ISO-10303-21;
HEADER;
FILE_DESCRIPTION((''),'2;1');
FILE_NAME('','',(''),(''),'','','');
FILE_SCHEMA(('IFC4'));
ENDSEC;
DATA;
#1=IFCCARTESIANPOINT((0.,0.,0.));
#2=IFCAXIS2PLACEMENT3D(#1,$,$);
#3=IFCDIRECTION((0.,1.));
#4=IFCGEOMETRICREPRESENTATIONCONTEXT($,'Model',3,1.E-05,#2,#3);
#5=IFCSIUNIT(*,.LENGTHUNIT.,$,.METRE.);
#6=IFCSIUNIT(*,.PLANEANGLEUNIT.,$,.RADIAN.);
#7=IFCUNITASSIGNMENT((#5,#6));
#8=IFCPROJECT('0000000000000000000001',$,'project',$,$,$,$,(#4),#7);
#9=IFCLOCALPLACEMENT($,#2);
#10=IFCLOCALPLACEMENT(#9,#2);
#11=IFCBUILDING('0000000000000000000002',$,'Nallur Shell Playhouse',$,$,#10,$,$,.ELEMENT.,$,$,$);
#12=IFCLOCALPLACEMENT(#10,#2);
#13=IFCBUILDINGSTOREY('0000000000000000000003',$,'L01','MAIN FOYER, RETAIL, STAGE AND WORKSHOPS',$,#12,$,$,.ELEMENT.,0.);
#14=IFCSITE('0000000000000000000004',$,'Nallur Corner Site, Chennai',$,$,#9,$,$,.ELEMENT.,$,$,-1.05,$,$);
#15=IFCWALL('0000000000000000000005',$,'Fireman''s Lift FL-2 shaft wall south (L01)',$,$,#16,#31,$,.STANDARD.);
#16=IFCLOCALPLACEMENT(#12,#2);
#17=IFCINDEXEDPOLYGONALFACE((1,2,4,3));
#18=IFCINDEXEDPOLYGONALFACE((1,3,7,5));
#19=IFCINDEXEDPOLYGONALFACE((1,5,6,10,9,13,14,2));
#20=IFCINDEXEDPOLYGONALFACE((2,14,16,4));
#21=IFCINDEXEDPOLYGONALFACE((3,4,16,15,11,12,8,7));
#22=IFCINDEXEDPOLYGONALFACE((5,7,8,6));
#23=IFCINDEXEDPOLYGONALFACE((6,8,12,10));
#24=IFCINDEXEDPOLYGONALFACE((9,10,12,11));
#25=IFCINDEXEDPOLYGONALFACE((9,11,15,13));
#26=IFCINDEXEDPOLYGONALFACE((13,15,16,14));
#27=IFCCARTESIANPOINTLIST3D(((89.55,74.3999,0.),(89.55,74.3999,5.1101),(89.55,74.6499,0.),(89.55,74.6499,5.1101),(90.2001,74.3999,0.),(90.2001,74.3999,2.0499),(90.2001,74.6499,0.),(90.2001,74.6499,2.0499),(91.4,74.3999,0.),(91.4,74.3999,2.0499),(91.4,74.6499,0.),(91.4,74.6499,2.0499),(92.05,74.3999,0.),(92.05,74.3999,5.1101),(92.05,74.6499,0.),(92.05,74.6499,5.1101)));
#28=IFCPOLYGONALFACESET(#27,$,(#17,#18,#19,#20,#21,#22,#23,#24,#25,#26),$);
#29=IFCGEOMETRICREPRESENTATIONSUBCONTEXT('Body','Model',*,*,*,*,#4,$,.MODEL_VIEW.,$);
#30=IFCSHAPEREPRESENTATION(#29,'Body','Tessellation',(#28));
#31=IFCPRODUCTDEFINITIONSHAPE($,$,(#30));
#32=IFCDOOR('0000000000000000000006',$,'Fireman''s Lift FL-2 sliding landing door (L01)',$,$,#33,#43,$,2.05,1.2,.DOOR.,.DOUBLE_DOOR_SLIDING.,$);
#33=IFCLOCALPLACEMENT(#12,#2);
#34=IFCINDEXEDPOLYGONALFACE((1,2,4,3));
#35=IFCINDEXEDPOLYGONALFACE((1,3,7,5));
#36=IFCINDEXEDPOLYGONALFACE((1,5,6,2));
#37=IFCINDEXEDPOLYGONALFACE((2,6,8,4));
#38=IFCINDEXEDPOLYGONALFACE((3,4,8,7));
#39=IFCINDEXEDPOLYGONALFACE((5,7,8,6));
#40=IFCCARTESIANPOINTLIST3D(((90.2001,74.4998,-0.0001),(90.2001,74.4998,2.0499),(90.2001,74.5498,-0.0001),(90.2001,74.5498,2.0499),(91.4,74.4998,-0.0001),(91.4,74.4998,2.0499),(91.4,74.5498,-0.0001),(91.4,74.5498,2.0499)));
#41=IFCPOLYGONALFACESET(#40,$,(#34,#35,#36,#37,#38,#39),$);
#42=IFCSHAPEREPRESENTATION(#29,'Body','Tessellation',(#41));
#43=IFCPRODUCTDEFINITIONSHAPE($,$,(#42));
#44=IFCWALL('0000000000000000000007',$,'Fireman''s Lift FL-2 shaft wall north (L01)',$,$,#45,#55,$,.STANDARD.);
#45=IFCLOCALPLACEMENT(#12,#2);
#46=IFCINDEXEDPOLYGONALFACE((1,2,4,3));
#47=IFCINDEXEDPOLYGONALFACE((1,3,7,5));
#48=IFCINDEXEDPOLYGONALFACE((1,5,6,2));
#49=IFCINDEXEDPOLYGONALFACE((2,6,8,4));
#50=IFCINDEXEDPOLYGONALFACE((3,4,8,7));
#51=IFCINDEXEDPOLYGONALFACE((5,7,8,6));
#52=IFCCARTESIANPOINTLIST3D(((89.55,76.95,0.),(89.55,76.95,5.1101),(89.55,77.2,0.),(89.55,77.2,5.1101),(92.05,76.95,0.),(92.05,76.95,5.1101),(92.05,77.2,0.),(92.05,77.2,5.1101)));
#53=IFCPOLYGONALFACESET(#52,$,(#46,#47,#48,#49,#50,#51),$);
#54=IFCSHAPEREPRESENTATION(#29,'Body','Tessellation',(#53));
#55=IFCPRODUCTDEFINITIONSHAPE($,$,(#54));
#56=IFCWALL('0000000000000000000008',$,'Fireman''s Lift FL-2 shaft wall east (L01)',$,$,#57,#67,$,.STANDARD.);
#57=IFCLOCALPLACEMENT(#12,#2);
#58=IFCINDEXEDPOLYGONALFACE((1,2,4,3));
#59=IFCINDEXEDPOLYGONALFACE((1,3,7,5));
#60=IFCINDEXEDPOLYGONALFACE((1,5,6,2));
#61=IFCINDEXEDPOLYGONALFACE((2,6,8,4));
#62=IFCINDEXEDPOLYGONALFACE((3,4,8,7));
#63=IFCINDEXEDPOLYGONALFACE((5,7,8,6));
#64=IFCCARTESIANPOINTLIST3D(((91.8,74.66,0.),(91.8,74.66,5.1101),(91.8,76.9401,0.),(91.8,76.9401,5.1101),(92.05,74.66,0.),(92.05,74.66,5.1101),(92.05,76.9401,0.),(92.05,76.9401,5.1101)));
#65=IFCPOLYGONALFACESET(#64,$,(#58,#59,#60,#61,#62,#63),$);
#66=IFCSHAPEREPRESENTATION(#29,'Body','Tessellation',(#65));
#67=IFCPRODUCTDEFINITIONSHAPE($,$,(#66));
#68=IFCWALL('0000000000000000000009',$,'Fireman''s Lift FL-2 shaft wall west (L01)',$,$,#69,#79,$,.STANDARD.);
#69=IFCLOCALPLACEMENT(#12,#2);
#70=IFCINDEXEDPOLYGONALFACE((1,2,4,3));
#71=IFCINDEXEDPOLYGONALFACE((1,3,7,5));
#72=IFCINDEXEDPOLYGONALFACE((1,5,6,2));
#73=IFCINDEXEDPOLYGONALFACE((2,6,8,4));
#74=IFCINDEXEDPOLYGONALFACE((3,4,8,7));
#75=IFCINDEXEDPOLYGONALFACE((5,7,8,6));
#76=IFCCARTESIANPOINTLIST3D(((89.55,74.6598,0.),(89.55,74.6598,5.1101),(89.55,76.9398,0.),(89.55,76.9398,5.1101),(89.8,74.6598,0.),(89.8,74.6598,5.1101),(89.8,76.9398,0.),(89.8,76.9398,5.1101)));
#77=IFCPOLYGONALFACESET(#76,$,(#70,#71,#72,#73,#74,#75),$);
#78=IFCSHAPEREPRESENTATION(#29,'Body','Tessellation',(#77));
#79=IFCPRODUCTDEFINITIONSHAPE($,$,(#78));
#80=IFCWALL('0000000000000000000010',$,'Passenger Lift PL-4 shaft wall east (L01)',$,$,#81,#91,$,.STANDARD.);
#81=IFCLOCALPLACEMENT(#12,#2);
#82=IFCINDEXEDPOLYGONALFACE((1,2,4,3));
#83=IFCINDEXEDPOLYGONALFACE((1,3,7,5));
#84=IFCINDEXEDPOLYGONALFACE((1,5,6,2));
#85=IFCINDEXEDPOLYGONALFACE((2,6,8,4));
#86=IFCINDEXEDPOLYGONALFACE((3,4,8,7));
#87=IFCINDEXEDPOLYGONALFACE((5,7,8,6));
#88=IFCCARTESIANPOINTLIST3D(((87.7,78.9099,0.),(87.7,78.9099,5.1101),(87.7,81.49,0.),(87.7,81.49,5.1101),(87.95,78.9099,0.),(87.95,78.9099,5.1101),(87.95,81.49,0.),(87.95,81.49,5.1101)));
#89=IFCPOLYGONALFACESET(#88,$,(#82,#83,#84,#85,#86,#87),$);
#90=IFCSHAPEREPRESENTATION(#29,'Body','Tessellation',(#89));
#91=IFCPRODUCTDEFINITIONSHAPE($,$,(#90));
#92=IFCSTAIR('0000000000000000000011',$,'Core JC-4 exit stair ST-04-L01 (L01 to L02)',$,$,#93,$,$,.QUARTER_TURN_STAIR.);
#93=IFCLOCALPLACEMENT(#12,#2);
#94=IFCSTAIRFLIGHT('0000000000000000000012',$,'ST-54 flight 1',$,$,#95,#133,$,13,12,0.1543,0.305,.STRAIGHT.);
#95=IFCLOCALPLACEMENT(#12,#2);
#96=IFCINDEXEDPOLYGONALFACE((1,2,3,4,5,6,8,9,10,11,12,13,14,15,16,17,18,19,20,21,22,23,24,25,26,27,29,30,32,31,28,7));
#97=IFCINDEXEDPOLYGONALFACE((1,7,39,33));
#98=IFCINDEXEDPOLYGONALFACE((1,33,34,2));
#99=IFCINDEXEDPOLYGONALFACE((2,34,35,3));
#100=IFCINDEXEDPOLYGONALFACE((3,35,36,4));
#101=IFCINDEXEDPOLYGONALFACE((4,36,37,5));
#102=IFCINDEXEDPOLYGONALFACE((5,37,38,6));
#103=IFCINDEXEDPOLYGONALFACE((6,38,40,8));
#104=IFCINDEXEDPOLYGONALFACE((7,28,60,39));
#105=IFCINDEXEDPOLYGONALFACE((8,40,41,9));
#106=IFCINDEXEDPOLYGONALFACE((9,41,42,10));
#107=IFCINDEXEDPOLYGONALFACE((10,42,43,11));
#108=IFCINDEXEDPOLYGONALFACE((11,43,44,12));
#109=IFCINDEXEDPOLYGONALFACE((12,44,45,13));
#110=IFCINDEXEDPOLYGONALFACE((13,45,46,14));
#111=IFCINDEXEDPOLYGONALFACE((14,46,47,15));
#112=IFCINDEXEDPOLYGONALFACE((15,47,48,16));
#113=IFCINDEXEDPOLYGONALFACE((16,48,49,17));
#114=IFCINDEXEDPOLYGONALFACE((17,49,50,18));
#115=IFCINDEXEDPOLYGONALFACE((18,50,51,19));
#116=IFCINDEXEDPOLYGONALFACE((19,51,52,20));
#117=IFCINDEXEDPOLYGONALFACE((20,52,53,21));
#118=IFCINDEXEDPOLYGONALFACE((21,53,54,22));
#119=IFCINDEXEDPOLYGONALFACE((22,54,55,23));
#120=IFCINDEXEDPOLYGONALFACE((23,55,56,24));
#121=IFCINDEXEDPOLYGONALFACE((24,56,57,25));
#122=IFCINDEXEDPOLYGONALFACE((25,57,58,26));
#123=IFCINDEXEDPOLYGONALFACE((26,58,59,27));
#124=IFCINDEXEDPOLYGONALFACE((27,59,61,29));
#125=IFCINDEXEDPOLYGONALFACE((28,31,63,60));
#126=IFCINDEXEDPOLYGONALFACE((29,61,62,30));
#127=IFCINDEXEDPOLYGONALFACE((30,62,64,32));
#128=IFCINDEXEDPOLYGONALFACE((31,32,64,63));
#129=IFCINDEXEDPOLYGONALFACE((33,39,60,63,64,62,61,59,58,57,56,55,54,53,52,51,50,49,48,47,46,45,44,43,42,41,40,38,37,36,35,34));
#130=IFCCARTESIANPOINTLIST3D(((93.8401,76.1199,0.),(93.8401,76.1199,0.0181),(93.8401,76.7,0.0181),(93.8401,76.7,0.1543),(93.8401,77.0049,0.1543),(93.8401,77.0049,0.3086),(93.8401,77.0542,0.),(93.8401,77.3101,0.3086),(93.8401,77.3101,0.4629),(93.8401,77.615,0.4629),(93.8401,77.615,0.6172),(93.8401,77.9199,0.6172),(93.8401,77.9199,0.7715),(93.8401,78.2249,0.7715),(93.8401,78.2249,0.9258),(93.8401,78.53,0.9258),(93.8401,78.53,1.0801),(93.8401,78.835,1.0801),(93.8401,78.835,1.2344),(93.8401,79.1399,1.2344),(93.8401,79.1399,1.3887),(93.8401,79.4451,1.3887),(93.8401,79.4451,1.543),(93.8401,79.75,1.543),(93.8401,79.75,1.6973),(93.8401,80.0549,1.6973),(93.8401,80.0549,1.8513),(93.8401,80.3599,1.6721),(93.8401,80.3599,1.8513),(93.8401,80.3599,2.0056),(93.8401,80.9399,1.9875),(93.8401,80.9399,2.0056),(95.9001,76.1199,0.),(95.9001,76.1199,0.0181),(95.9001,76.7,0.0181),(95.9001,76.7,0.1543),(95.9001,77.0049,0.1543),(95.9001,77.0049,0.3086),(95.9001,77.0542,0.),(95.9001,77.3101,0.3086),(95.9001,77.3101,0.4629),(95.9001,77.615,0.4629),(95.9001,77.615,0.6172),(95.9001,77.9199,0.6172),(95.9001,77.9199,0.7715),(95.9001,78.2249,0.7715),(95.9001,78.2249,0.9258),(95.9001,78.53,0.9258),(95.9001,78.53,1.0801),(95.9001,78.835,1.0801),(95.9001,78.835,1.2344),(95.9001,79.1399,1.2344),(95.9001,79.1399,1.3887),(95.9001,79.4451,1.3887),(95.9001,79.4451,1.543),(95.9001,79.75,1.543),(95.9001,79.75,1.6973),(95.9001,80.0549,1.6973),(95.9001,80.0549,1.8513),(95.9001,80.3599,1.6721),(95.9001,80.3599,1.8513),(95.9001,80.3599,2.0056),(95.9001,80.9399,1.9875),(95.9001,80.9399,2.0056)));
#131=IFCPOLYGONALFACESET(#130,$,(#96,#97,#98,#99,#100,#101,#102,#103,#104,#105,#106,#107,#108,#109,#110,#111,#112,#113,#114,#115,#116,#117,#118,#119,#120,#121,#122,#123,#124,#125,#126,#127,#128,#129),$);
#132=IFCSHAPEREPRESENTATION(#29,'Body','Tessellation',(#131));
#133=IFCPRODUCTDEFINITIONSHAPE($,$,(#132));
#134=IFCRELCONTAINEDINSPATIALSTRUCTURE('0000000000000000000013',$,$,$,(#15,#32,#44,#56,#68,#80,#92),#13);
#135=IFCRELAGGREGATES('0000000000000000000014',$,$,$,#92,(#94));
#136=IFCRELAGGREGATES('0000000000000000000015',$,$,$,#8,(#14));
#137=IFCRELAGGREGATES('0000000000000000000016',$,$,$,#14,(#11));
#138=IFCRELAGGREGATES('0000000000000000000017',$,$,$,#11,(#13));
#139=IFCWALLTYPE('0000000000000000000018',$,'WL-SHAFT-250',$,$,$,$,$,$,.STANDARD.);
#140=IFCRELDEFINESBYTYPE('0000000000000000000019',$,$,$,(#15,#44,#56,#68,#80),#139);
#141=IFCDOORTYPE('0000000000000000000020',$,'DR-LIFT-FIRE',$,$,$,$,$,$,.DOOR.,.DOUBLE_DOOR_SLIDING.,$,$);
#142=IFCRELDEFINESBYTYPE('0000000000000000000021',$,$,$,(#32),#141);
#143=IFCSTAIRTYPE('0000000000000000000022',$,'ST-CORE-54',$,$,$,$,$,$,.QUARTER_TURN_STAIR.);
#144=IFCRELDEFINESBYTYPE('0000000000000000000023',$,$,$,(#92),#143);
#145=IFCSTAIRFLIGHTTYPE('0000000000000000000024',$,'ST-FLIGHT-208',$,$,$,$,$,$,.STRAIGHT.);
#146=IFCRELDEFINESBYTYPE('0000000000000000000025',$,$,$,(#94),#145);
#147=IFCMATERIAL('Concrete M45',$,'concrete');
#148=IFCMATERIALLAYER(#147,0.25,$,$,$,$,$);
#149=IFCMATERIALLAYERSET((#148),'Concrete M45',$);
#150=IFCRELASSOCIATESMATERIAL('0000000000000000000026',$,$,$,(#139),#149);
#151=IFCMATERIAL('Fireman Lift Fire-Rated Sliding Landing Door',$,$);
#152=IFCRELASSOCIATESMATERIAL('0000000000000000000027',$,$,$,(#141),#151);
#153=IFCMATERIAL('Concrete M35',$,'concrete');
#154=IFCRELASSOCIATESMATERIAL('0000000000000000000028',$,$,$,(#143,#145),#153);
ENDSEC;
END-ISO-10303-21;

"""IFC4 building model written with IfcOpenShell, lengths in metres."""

from ifc_helpers import new_model, si_unit, direction, frame, frame_2d, origin, place, context, subcontext, project, spatial, polyline, rectangle, outline, extrude, material, layer, layer_set, type_object, element, fill, aggregate, save


model = new_model("IFC4")

# Units and contexts
model_context = context("Model", 3, precision=1e-05, world=origin(), true_north=direction((0.0, 1.0)))
body_context = subcontext(model_context, "Body", "Model", "MODEL_VIEW")
ifc_project = project(units=[si_unit("LENGTHUNIT", "METRE"), si_unit("PLANEANGLEUNIT", "RADIAN")], contexts=[model_context])

# Site, building, storey
site_placement = place(None, origin())
site = spatial("IfcSite", under=ifc_project, at=site_placement, Name="Nallur Corner Site, Chennai", CompositionType="ELEMENT", RefElevation=-1.05)
building_placement = place(site_placement, origin())
building = spatial("IfcBuilding", under=site, at=building_placement, Name="Nallur Shell Playhouse", CompositionType="ELEMENT")
storey_placement = place(building_placement, origin())
storey = spatial("IfcBuildingStorey", under=building, at=storey_placement, Name="L01", Description="MAIN FOYER, RETAIL, STAGE AND WORKSHOPS", CompositionType="ELEMENT", Elevation=0.0)

# Shared definitions
ifc_material_1 = material(Name="Concrete M45", Category="concrete")

# Wall, opening, door
ifc_layer_1 = layer(ifc_material_1, 0.25)
ifc_layer_set_1 = layer_set([ifc_layer_1], Name="Concrete M45")
wall_type_1 = type_object("IfcWallType", Name="WL-SHAFT-250", PredefinedType="STANDARD", material=ifc_layer_set_1)
wall_1_placement = place(storey_placement, frame((89.55, 74.5249, 0.0), z_axis=(0.0, 0.0, 1.0), x_axis=(1.0, 0.0, 0.0)))
wall_1 = element("IfcWall", 1, at=wall_1_placement, inside=storey, type_object=wall_type_1, Name="Fireman's Lift FL-2 shaft wall south (L01)", PredefinedType="STANDARD", context=body_context, shape_type="SweptSolid", body=[
    extrude(rectangle(XDim=2.5, YDim=0.25, at=frame_2d((1.25, 0.0))), origin(), (0.0, 0.0, 1.0), 5.1101),
])
opening_1_placement = place(wall_1_placement, frame((0.6499, 0.0, 0.0)))
opening_1 = element("IfcOpeningElement", 2, at=opening_1_placement, cuts=wall_1, PredefinedType="OPENING", context=body_context, shape_type="SweptSolid", body=[
    extrude(rectangle(XDim=1.2, YDim=2.05, at=frame_2d((0.6001, 1.0249))), frame((0.0, 0.135, 0.0), z_axis=(0.0, -1.0, 0.0), x_axis=(1.0, 0.0, 0.0)), (0.0, 0.0, 1.0), 0.27),
])
ifc_material_2 = material(Name="Fireman Lift Fire-Rated Sliding Landing Door")
door_type_1 = type_object("IfcDoorType", Name="DR-LIFT-FIRE", OperationType="DOUBLE_DOOR_SLIDING", PredefinedType="DOOR", material=ifc_material_2)
door_1_placement = place(opening_1_placement, origin())
door_1 = element("IfcDoor", 3, at=door_1_placement, inside=storey, type_object=door_type_1, Name="Fireman's Lift FL-2 sliding landing door (L01)", OperationType="DOUBLE_DOOR_SLIDING", OverallHeight=2.05, OverallWidth=1.2, PredefinedType="DOOR", context=body_context, shape_type="SweptSolid", body=[
    extrude(rectangle(XDim=1.2, YDim=2.05, at=frame_2d((0.6001, 1.0249))), frame((0.0, 0.0249, 0.0), z_axis=(0.0, -1.0, 0.0), x_axis=(1.0, 0.0, 0.0)), (0.0, 0.0, 1.0), 0.05),
])
fill(opening_1, door_1)

# Walls
wall_2_placement = place(storey_placement, frame((92.05, 77.075, 0.0), z_axis=(0.0, 0.0, 1.0), x_axis=(-1.0, 0.0, 0.0)))
element("IfcWall", 4, at=wall_2_placement, inside=storey, type_object=wall_type_1, Name="Fireman's Lift FL-2 shaft wall north (L01)", PredefinedType="STANDARD", context=body_context, shape_type="SweptSolid", body=[
    extrude(rectangle(XDim=2.5, YDim=0.25, at=frame_2d((1.25, 0.0))), origin(), (0.0, 0.0, 1.0), 5.1101),
])
for number, where, z_axis, x_axis, name in (
    (5, (91.925, 74.6599, 0.0), (0.0, 0.0, 1.0), (0.0, 1.0, 0.0), "Fireman's Lift FL-2 shaft wall east (L01)"),
    (6, (89.675, 76.9399, 0.0), (0.0, 0.0, 1.0), (0.0, -1.0, 0.0), "Fireman's Lift FL-2 shaft wall west (L01)"),
):
    element("IfcWall", number, at=place(storey_placement, frame(where, z_axis=z_axis, x_axis=x_axis)), inside=storey, type_object=wall_type_1, Name=name, PredefinedType="STANDARD", context=body_context, shape_type="SweptSolid", body=[
        extrude(rectangle(XDim=2.28, YDim=0.25, at=frame_2d((1.1401, 0.0))), origin(), (0.0, 0.0, 1.0), 5.1101),
    ])
wall_3_placement = place(storey_placement, frame((87.825, 78.9099, 0.0), z_axis=(0.0, 0.0, 1.0), x_axis=(0.0, 1.0, 0.0)))
element("IfcWall", 7, at=wall_3_placement, inside=storey, type_object=wall_type_1, Name="Passenger Lift PL-4 shaft wall east (L01)", PredefinedType="STANDARD", context=body_context, shape_type="SweptSolid", body=[
    extrude(rectangle(XDim=2.5801, YDim=0.25, at=frame_2d((1.29, 0.0))), origin(), (0.0, 0.0, 1.0), 5.1101),
])

# Stair, stair flight
ifc_material_3 = material(Name="Concrete M35", Category="concrete")
stair_type = type_object("IfcStairType", Name="ST-CORE-54", PredefinedType="QUARTER_TURN_STAIR", material=ifc_material_3)
stair_placement = place(storey_placement, origin())
stair = element("IfcStair", 8, at=stair_placement, inside=storey, type_object=stair_type, Name="Core JC-4 exit stair ST-04-L01 (L01 to L02)", PredefinedType="QUARTER_TURN_STAIR")
stair_flight_type = type_object("IfcStairFlightType", Name="ST-FLIGHT-208", PredefinedType="STRAIGHT", material=ifc_material_3)
stair_flight_placement = place(storey_placement, frame((94.8701, 76.7, 0.0), z_axis=(0.0, 0.0, 1.0), x_axis=(0.0, 1.0, 0.0)))
stair_flight = element("IfcStairFlight", 9, at=stair_flight_placement, type_object=stair_flight_type, Name="ST-54 flight 1", NumberOfRisers=13, NumberOfTreads=12, PredefinedType="STRAIGHT", RiserHeight=0.1543, TreadLength=0.305, context=body_context, shape_type="SweptSolid", body=[
    extrude(outline(polyline([(-0.5801, 0.0), (-0.5801, 0.0181), (0.0, 0.0181), (0.0, 0.1543), (0.3049, 0.1543), (0.3049, 0.3086), (0.6101, 0.3086), (0.6101, 0.4629), (0.915, 0.4629), (0.915, 0.6172), (1.22, 0.6172), (1.22, 0.7715), (1.5249, 0.7715), (1.5249, 0.9258), (1.8301, 0.9258), (1.8301, 1.0801), (2.135, 1.0801), (2.135, 1.2344), (2.4399, 1.2344), (2.4399, 1.3887), (2.7451, 1.3887), (2.7451, 1.543), (3.05, 1.543), (3.05, 1.6973), (3.355, 1.6973), (3.355, 1.8513), (3.6599, 1.8513), (3.6599, 2.0056), (4.24, 2.0056), (4.24, 1.9875), (3.6599, 1.6721), (0.3542, 0.0), (-0.5801, 0.0)])), frame((0.0, 1.03, 0.0), z_axis=(0.0, -1.0, 0.0), x_axis=(1.0, 0.0, 0.0)), (0.0, 0.0, 1.0), 2.0601),
])
aggregate(stair, [stair_flight])

save(model, "model.ifc")
